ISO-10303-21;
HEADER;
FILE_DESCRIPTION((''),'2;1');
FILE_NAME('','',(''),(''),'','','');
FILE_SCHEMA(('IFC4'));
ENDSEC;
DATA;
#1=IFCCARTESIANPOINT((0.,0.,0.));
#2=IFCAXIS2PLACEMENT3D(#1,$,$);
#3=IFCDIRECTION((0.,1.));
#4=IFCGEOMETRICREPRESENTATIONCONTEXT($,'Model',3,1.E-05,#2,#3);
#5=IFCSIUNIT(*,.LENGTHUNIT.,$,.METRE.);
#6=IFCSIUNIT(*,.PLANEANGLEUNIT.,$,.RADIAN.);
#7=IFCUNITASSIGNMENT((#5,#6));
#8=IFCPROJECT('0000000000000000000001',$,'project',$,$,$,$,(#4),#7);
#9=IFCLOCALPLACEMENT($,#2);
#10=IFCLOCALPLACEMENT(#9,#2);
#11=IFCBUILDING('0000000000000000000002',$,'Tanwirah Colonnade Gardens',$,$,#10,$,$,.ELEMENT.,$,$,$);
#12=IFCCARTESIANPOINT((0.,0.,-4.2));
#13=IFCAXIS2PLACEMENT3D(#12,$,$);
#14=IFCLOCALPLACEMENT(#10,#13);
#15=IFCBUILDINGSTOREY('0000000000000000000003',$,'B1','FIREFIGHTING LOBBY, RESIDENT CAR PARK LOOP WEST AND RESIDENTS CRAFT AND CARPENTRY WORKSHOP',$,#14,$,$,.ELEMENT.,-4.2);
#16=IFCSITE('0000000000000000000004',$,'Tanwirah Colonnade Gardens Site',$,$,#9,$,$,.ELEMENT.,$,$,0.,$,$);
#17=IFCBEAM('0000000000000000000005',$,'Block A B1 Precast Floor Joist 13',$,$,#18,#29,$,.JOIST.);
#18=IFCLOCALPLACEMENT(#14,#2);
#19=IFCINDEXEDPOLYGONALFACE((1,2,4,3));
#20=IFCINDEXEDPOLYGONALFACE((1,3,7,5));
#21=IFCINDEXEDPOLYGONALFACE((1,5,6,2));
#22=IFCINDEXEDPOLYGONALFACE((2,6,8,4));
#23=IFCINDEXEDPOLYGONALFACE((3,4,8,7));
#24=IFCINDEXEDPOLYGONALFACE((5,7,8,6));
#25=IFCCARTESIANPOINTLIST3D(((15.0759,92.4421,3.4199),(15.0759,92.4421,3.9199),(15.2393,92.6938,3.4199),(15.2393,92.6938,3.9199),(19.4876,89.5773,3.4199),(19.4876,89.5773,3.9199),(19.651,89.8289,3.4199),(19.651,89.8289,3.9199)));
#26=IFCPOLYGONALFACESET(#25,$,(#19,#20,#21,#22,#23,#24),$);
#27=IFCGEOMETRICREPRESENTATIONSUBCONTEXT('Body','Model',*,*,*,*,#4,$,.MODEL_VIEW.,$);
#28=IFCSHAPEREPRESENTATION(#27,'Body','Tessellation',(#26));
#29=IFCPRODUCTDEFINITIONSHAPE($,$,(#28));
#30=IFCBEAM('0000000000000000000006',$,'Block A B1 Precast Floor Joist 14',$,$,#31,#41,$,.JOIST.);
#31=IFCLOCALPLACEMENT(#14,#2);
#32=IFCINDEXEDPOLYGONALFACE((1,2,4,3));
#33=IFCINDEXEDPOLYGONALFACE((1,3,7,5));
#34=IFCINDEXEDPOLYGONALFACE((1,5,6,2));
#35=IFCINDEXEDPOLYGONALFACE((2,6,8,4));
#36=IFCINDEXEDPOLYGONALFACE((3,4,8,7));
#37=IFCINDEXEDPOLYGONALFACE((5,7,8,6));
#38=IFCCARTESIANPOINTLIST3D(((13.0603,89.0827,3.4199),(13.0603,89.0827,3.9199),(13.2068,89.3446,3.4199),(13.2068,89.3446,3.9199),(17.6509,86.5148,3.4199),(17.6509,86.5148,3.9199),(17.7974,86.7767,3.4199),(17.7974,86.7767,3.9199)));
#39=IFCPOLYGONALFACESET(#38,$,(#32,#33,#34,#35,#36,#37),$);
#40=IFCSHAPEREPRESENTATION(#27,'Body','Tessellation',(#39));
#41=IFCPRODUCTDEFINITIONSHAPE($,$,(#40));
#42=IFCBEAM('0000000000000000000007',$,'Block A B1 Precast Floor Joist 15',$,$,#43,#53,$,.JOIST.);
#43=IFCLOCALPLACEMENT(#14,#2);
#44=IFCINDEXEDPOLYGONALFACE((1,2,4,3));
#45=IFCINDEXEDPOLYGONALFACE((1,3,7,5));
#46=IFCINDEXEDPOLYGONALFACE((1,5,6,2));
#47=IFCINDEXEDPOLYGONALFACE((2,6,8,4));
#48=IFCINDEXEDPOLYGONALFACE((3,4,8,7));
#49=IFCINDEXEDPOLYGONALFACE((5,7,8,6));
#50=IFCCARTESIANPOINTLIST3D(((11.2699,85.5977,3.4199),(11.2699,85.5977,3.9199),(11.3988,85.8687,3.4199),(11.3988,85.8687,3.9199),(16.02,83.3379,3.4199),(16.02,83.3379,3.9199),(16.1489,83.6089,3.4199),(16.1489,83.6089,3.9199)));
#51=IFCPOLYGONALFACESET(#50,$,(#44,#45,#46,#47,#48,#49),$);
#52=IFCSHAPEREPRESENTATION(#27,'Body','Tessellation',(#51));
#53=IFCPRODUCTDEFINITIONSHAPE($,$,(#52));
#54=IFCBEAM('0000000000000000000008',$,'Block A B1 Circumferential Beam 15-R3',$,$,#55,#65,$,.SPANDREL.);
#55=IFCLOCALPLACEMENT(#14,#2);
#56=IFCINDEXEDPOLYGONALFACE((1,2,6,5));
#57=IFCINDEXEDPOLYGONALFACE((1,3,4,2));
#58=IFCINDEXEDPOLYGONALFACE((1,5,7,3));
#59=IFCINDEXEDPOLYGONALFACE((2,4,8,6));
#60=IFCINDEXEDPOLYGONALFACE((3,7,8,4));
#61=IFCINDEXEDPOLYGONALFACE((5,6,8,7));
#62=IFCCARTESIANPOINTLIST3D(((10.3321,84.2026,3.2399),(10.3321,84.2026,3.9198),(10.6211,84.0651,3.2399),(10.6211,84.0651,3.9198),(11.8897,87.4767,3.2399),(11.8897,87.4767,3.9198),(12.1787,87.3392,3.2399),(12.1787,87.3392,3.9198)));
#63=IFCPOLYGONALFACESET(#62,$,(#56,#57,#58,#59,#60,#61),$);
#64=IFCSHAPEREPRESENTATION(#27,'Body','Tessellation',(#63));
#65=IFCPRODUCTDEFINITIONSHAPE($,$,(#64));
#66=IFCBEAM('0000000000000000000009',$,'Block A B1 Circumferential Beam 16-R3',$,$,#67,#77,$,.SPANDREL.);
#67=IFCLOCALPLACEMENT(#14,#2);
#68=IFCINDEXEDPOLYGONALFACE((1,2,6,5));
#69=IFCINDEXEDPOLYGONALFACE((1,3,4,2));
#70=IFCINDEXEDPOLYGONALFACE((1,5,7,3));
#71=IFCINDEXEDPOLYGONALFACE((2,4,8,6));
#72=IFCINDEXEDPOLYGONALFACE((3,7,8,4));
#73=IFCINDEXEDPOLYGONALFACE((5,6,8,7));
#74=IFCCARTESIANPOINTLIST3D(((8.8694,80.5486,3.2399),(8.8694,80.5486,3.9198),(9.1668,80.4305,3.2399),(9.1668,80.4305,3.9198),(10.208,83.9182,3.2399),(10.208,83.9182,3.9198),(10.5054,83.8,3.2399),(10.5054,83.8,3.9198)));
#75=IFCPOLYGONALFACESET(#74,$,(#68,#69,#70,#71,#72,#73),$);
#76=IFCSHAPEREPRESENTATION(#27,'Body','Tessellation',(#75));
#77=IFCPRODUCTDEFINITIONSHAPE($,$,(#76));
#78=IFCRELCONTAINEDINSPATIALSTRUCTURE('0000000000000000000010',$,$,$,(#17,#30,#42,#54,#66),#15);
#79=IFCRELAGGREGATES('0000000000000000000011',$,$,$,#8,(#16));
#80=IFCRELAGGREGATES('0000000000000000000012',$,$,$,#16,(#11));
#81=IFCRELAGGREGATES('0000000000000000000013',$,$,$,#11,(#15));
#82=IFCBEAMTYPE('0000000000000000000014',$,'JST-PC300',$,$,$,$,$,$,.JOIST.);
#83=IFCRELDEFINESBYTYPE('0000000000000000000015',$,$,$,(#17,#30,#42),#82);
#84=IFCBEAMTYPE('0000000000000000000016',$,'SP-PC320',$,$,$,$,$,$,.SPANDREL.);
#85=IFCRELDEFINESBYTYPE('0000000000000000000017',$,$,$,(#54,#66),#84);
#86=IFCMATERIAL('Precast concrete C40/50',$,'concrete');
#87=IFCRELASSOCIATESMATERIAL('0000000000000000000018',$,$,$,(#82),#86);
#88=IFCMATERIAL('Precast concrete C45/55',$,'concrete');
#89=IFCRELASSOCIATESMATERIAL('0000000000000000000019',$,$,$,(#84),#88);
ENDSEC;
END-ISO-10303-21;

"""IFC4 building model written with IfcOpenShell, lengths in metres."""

from ifc_helpers import new_model, si_unit, direction, frame, origin, origin_2d, place, context, subcontext, project, spatial, rectangle, extrude, material, material_profile, profile_set, type_object, element, save


model = new_model("IFC4")

# Units and contexts
model_context = context("Model", 3, precision=1e-05, world=origin(), true_north=direction((0.0, 1.0)))
body_context = subcontext(model_context, "Body", "Model", "MODEL_VIEW")
ifc_project = project(units=[si_unit("LENGTHUNIT", "METRE"), si_unit("PLANEANGLEUNIT", "RADIAN")], contexts=[model_context])

# Site, building, storey
site_placement = place(None, origin())
site = spatial("IfcSite", under=ifc_project, at=site_placement, Name="Tanwirah Colonnade Gardens Site", CompositionType="ELEMENT", RefElevation=0.0)
building_placement = place(site_placement, origin())
building = spatial("IfcBuilding", under=site, at=building_placement, Name="Tanwirah Colonnade Gardens", CompositionType="ELEMENT")
storey_placement = place(building_placement, frame((0.0, 0.0, -4.2)))
storey = spatial("IfcBuildingStorey", under=building, at=storey_placement, Name="B1", Description="FIREFIGHTING LOBBY, RESIDENT CAR PARK LOOP WEST AND RESIDENTS CRAFT AND CARPENTRY WORKSHOP", CompositionType="ELEMENT", Elevation=-4.2)

# Beams
ifc_material_1 = material(Name="Precast concrete C40/50", Category="concrete")
ifc_material_2 = material(Name="Precast concrete C45/55", Category="concrete")
ifc_material_profile_1 = material_profile(ifc_material_1, rectangle(XDim=0.3, YDim=0.5, at=origin_2d()), Name="PC-JST 300x500")
ifc_profile_set_1 = profile_set([ifc_material_profile_1], Name="Precast concrete C40/50")
beam_type_1 = type_object("IfcBeamType", Name="JST-PC300", PredefinedType="JOIST", material=ifc_profile_set_1)
beam_1_placement = place(storey_placement, frame((19.5693, 89.7031, 3.6699), z_axis=(-0.838687, 0.544613, 0.0), x_axis=(-0.544613, -0.838687, 0.0)))
element("IfcBeam", 1, at=beam_1_placement, inside=storey, type_object=beam_type_1, Name="Block A B1 Precast Floor Joist 13", PredefinedType="JOIST", context=body_context, shape_type="SweptSolid", body=[
    extrude(rectangle(XDim=0.3, YDim=0.5, at=origin_2d()), origin(), (0.0, 0.0, 1.0), 5.2603),
])
beam_2_placement = place(storey_placement, frame((17.7241, 86.6458, 3.6699), z_axis=(-0.872737, 0.488191, 0.0), x_axis=(-0.488191, -0.872737, 0.0)))
element("IfcBeam", 2, at=beam_2_placement, inside=storey, type_object=beam_type_1, Name="Block A B1 Precast Floor Joist 14", PredefinedType="JOIST", context=body_context, shape_type="SweptSolid", body=[
    extrude(rectangle(XDim=0.3, YDim=0.5, at=origin_2d()), origin(), (0.0, 0.0, 1.0), 5.26),
])
beam_3_placement = place(storey_placement, frame((16.0845, 83.4734, 3.6699), z_axis=(-0.903018, 0.429602, 0.0), x_axis=(-0.429602, -0.903018, 0.0)))
element("IfcBeam", 3, at=beam_3_placement, inside=storey, type_object=beam_type_1, Name="Block A B1 Precast Floor Joist 15", PredefinedType="JOIST", context=body_context, shape_type="SweptSolid", body=[
    extrude(rectangle(XDim=0.3, YDim=0.5, at=origin_2d()), origin(), (0.0, 0.0, 1.0), 5.2603),
])
ifc_material_profile_2 = material_profile(ifc_material_2, rectangle(XDim=0.3201, YDim=0.6799, at=origin_2d()), Name="PC-SP 320x680")
ifc_profile_set_2 = profile_set([ifc_material_profile_2], Name="Precast concrete C45/55")
beam_type_2 = type_object("IfcBeamType", Name="SP-PC320", PredefinedType="SPANDREL", material=ifc_profile_set_2)
for number, where, z_axis, x_axis, name in (
    (4, (12.0342, 87.408, 3.5798), (-0.429594, -0.903022, 0.0), (0.903022, -0.429594, 0.0), "Block A B1 Circumferential Beam 15-R3"),
    (5, (10.3567, 83.8591, 3.5798), (-0.369195, -0.929352, 0.0), (0.929352, -0.369195, 0.0), "Block A B1 Circumferential Beam 16-R3"),
):
    element("IfcBeam", number, at=place(storey_placement, frame(where, z_axis=z_axis, x_axis=x_axis)), inside=storey, type_object=beam_type_2, Name=name, PredefinedType="SPANDREL", context=body_context, shape_type="SweptSolid", body=[
        extrude(rectangle(XDim=0.3201, YDim=0.6799, at=origin_2d()), origin(), (0.0, 0.0, 1.0), 3.6257),
    ])

save(model, "model.ifc")
